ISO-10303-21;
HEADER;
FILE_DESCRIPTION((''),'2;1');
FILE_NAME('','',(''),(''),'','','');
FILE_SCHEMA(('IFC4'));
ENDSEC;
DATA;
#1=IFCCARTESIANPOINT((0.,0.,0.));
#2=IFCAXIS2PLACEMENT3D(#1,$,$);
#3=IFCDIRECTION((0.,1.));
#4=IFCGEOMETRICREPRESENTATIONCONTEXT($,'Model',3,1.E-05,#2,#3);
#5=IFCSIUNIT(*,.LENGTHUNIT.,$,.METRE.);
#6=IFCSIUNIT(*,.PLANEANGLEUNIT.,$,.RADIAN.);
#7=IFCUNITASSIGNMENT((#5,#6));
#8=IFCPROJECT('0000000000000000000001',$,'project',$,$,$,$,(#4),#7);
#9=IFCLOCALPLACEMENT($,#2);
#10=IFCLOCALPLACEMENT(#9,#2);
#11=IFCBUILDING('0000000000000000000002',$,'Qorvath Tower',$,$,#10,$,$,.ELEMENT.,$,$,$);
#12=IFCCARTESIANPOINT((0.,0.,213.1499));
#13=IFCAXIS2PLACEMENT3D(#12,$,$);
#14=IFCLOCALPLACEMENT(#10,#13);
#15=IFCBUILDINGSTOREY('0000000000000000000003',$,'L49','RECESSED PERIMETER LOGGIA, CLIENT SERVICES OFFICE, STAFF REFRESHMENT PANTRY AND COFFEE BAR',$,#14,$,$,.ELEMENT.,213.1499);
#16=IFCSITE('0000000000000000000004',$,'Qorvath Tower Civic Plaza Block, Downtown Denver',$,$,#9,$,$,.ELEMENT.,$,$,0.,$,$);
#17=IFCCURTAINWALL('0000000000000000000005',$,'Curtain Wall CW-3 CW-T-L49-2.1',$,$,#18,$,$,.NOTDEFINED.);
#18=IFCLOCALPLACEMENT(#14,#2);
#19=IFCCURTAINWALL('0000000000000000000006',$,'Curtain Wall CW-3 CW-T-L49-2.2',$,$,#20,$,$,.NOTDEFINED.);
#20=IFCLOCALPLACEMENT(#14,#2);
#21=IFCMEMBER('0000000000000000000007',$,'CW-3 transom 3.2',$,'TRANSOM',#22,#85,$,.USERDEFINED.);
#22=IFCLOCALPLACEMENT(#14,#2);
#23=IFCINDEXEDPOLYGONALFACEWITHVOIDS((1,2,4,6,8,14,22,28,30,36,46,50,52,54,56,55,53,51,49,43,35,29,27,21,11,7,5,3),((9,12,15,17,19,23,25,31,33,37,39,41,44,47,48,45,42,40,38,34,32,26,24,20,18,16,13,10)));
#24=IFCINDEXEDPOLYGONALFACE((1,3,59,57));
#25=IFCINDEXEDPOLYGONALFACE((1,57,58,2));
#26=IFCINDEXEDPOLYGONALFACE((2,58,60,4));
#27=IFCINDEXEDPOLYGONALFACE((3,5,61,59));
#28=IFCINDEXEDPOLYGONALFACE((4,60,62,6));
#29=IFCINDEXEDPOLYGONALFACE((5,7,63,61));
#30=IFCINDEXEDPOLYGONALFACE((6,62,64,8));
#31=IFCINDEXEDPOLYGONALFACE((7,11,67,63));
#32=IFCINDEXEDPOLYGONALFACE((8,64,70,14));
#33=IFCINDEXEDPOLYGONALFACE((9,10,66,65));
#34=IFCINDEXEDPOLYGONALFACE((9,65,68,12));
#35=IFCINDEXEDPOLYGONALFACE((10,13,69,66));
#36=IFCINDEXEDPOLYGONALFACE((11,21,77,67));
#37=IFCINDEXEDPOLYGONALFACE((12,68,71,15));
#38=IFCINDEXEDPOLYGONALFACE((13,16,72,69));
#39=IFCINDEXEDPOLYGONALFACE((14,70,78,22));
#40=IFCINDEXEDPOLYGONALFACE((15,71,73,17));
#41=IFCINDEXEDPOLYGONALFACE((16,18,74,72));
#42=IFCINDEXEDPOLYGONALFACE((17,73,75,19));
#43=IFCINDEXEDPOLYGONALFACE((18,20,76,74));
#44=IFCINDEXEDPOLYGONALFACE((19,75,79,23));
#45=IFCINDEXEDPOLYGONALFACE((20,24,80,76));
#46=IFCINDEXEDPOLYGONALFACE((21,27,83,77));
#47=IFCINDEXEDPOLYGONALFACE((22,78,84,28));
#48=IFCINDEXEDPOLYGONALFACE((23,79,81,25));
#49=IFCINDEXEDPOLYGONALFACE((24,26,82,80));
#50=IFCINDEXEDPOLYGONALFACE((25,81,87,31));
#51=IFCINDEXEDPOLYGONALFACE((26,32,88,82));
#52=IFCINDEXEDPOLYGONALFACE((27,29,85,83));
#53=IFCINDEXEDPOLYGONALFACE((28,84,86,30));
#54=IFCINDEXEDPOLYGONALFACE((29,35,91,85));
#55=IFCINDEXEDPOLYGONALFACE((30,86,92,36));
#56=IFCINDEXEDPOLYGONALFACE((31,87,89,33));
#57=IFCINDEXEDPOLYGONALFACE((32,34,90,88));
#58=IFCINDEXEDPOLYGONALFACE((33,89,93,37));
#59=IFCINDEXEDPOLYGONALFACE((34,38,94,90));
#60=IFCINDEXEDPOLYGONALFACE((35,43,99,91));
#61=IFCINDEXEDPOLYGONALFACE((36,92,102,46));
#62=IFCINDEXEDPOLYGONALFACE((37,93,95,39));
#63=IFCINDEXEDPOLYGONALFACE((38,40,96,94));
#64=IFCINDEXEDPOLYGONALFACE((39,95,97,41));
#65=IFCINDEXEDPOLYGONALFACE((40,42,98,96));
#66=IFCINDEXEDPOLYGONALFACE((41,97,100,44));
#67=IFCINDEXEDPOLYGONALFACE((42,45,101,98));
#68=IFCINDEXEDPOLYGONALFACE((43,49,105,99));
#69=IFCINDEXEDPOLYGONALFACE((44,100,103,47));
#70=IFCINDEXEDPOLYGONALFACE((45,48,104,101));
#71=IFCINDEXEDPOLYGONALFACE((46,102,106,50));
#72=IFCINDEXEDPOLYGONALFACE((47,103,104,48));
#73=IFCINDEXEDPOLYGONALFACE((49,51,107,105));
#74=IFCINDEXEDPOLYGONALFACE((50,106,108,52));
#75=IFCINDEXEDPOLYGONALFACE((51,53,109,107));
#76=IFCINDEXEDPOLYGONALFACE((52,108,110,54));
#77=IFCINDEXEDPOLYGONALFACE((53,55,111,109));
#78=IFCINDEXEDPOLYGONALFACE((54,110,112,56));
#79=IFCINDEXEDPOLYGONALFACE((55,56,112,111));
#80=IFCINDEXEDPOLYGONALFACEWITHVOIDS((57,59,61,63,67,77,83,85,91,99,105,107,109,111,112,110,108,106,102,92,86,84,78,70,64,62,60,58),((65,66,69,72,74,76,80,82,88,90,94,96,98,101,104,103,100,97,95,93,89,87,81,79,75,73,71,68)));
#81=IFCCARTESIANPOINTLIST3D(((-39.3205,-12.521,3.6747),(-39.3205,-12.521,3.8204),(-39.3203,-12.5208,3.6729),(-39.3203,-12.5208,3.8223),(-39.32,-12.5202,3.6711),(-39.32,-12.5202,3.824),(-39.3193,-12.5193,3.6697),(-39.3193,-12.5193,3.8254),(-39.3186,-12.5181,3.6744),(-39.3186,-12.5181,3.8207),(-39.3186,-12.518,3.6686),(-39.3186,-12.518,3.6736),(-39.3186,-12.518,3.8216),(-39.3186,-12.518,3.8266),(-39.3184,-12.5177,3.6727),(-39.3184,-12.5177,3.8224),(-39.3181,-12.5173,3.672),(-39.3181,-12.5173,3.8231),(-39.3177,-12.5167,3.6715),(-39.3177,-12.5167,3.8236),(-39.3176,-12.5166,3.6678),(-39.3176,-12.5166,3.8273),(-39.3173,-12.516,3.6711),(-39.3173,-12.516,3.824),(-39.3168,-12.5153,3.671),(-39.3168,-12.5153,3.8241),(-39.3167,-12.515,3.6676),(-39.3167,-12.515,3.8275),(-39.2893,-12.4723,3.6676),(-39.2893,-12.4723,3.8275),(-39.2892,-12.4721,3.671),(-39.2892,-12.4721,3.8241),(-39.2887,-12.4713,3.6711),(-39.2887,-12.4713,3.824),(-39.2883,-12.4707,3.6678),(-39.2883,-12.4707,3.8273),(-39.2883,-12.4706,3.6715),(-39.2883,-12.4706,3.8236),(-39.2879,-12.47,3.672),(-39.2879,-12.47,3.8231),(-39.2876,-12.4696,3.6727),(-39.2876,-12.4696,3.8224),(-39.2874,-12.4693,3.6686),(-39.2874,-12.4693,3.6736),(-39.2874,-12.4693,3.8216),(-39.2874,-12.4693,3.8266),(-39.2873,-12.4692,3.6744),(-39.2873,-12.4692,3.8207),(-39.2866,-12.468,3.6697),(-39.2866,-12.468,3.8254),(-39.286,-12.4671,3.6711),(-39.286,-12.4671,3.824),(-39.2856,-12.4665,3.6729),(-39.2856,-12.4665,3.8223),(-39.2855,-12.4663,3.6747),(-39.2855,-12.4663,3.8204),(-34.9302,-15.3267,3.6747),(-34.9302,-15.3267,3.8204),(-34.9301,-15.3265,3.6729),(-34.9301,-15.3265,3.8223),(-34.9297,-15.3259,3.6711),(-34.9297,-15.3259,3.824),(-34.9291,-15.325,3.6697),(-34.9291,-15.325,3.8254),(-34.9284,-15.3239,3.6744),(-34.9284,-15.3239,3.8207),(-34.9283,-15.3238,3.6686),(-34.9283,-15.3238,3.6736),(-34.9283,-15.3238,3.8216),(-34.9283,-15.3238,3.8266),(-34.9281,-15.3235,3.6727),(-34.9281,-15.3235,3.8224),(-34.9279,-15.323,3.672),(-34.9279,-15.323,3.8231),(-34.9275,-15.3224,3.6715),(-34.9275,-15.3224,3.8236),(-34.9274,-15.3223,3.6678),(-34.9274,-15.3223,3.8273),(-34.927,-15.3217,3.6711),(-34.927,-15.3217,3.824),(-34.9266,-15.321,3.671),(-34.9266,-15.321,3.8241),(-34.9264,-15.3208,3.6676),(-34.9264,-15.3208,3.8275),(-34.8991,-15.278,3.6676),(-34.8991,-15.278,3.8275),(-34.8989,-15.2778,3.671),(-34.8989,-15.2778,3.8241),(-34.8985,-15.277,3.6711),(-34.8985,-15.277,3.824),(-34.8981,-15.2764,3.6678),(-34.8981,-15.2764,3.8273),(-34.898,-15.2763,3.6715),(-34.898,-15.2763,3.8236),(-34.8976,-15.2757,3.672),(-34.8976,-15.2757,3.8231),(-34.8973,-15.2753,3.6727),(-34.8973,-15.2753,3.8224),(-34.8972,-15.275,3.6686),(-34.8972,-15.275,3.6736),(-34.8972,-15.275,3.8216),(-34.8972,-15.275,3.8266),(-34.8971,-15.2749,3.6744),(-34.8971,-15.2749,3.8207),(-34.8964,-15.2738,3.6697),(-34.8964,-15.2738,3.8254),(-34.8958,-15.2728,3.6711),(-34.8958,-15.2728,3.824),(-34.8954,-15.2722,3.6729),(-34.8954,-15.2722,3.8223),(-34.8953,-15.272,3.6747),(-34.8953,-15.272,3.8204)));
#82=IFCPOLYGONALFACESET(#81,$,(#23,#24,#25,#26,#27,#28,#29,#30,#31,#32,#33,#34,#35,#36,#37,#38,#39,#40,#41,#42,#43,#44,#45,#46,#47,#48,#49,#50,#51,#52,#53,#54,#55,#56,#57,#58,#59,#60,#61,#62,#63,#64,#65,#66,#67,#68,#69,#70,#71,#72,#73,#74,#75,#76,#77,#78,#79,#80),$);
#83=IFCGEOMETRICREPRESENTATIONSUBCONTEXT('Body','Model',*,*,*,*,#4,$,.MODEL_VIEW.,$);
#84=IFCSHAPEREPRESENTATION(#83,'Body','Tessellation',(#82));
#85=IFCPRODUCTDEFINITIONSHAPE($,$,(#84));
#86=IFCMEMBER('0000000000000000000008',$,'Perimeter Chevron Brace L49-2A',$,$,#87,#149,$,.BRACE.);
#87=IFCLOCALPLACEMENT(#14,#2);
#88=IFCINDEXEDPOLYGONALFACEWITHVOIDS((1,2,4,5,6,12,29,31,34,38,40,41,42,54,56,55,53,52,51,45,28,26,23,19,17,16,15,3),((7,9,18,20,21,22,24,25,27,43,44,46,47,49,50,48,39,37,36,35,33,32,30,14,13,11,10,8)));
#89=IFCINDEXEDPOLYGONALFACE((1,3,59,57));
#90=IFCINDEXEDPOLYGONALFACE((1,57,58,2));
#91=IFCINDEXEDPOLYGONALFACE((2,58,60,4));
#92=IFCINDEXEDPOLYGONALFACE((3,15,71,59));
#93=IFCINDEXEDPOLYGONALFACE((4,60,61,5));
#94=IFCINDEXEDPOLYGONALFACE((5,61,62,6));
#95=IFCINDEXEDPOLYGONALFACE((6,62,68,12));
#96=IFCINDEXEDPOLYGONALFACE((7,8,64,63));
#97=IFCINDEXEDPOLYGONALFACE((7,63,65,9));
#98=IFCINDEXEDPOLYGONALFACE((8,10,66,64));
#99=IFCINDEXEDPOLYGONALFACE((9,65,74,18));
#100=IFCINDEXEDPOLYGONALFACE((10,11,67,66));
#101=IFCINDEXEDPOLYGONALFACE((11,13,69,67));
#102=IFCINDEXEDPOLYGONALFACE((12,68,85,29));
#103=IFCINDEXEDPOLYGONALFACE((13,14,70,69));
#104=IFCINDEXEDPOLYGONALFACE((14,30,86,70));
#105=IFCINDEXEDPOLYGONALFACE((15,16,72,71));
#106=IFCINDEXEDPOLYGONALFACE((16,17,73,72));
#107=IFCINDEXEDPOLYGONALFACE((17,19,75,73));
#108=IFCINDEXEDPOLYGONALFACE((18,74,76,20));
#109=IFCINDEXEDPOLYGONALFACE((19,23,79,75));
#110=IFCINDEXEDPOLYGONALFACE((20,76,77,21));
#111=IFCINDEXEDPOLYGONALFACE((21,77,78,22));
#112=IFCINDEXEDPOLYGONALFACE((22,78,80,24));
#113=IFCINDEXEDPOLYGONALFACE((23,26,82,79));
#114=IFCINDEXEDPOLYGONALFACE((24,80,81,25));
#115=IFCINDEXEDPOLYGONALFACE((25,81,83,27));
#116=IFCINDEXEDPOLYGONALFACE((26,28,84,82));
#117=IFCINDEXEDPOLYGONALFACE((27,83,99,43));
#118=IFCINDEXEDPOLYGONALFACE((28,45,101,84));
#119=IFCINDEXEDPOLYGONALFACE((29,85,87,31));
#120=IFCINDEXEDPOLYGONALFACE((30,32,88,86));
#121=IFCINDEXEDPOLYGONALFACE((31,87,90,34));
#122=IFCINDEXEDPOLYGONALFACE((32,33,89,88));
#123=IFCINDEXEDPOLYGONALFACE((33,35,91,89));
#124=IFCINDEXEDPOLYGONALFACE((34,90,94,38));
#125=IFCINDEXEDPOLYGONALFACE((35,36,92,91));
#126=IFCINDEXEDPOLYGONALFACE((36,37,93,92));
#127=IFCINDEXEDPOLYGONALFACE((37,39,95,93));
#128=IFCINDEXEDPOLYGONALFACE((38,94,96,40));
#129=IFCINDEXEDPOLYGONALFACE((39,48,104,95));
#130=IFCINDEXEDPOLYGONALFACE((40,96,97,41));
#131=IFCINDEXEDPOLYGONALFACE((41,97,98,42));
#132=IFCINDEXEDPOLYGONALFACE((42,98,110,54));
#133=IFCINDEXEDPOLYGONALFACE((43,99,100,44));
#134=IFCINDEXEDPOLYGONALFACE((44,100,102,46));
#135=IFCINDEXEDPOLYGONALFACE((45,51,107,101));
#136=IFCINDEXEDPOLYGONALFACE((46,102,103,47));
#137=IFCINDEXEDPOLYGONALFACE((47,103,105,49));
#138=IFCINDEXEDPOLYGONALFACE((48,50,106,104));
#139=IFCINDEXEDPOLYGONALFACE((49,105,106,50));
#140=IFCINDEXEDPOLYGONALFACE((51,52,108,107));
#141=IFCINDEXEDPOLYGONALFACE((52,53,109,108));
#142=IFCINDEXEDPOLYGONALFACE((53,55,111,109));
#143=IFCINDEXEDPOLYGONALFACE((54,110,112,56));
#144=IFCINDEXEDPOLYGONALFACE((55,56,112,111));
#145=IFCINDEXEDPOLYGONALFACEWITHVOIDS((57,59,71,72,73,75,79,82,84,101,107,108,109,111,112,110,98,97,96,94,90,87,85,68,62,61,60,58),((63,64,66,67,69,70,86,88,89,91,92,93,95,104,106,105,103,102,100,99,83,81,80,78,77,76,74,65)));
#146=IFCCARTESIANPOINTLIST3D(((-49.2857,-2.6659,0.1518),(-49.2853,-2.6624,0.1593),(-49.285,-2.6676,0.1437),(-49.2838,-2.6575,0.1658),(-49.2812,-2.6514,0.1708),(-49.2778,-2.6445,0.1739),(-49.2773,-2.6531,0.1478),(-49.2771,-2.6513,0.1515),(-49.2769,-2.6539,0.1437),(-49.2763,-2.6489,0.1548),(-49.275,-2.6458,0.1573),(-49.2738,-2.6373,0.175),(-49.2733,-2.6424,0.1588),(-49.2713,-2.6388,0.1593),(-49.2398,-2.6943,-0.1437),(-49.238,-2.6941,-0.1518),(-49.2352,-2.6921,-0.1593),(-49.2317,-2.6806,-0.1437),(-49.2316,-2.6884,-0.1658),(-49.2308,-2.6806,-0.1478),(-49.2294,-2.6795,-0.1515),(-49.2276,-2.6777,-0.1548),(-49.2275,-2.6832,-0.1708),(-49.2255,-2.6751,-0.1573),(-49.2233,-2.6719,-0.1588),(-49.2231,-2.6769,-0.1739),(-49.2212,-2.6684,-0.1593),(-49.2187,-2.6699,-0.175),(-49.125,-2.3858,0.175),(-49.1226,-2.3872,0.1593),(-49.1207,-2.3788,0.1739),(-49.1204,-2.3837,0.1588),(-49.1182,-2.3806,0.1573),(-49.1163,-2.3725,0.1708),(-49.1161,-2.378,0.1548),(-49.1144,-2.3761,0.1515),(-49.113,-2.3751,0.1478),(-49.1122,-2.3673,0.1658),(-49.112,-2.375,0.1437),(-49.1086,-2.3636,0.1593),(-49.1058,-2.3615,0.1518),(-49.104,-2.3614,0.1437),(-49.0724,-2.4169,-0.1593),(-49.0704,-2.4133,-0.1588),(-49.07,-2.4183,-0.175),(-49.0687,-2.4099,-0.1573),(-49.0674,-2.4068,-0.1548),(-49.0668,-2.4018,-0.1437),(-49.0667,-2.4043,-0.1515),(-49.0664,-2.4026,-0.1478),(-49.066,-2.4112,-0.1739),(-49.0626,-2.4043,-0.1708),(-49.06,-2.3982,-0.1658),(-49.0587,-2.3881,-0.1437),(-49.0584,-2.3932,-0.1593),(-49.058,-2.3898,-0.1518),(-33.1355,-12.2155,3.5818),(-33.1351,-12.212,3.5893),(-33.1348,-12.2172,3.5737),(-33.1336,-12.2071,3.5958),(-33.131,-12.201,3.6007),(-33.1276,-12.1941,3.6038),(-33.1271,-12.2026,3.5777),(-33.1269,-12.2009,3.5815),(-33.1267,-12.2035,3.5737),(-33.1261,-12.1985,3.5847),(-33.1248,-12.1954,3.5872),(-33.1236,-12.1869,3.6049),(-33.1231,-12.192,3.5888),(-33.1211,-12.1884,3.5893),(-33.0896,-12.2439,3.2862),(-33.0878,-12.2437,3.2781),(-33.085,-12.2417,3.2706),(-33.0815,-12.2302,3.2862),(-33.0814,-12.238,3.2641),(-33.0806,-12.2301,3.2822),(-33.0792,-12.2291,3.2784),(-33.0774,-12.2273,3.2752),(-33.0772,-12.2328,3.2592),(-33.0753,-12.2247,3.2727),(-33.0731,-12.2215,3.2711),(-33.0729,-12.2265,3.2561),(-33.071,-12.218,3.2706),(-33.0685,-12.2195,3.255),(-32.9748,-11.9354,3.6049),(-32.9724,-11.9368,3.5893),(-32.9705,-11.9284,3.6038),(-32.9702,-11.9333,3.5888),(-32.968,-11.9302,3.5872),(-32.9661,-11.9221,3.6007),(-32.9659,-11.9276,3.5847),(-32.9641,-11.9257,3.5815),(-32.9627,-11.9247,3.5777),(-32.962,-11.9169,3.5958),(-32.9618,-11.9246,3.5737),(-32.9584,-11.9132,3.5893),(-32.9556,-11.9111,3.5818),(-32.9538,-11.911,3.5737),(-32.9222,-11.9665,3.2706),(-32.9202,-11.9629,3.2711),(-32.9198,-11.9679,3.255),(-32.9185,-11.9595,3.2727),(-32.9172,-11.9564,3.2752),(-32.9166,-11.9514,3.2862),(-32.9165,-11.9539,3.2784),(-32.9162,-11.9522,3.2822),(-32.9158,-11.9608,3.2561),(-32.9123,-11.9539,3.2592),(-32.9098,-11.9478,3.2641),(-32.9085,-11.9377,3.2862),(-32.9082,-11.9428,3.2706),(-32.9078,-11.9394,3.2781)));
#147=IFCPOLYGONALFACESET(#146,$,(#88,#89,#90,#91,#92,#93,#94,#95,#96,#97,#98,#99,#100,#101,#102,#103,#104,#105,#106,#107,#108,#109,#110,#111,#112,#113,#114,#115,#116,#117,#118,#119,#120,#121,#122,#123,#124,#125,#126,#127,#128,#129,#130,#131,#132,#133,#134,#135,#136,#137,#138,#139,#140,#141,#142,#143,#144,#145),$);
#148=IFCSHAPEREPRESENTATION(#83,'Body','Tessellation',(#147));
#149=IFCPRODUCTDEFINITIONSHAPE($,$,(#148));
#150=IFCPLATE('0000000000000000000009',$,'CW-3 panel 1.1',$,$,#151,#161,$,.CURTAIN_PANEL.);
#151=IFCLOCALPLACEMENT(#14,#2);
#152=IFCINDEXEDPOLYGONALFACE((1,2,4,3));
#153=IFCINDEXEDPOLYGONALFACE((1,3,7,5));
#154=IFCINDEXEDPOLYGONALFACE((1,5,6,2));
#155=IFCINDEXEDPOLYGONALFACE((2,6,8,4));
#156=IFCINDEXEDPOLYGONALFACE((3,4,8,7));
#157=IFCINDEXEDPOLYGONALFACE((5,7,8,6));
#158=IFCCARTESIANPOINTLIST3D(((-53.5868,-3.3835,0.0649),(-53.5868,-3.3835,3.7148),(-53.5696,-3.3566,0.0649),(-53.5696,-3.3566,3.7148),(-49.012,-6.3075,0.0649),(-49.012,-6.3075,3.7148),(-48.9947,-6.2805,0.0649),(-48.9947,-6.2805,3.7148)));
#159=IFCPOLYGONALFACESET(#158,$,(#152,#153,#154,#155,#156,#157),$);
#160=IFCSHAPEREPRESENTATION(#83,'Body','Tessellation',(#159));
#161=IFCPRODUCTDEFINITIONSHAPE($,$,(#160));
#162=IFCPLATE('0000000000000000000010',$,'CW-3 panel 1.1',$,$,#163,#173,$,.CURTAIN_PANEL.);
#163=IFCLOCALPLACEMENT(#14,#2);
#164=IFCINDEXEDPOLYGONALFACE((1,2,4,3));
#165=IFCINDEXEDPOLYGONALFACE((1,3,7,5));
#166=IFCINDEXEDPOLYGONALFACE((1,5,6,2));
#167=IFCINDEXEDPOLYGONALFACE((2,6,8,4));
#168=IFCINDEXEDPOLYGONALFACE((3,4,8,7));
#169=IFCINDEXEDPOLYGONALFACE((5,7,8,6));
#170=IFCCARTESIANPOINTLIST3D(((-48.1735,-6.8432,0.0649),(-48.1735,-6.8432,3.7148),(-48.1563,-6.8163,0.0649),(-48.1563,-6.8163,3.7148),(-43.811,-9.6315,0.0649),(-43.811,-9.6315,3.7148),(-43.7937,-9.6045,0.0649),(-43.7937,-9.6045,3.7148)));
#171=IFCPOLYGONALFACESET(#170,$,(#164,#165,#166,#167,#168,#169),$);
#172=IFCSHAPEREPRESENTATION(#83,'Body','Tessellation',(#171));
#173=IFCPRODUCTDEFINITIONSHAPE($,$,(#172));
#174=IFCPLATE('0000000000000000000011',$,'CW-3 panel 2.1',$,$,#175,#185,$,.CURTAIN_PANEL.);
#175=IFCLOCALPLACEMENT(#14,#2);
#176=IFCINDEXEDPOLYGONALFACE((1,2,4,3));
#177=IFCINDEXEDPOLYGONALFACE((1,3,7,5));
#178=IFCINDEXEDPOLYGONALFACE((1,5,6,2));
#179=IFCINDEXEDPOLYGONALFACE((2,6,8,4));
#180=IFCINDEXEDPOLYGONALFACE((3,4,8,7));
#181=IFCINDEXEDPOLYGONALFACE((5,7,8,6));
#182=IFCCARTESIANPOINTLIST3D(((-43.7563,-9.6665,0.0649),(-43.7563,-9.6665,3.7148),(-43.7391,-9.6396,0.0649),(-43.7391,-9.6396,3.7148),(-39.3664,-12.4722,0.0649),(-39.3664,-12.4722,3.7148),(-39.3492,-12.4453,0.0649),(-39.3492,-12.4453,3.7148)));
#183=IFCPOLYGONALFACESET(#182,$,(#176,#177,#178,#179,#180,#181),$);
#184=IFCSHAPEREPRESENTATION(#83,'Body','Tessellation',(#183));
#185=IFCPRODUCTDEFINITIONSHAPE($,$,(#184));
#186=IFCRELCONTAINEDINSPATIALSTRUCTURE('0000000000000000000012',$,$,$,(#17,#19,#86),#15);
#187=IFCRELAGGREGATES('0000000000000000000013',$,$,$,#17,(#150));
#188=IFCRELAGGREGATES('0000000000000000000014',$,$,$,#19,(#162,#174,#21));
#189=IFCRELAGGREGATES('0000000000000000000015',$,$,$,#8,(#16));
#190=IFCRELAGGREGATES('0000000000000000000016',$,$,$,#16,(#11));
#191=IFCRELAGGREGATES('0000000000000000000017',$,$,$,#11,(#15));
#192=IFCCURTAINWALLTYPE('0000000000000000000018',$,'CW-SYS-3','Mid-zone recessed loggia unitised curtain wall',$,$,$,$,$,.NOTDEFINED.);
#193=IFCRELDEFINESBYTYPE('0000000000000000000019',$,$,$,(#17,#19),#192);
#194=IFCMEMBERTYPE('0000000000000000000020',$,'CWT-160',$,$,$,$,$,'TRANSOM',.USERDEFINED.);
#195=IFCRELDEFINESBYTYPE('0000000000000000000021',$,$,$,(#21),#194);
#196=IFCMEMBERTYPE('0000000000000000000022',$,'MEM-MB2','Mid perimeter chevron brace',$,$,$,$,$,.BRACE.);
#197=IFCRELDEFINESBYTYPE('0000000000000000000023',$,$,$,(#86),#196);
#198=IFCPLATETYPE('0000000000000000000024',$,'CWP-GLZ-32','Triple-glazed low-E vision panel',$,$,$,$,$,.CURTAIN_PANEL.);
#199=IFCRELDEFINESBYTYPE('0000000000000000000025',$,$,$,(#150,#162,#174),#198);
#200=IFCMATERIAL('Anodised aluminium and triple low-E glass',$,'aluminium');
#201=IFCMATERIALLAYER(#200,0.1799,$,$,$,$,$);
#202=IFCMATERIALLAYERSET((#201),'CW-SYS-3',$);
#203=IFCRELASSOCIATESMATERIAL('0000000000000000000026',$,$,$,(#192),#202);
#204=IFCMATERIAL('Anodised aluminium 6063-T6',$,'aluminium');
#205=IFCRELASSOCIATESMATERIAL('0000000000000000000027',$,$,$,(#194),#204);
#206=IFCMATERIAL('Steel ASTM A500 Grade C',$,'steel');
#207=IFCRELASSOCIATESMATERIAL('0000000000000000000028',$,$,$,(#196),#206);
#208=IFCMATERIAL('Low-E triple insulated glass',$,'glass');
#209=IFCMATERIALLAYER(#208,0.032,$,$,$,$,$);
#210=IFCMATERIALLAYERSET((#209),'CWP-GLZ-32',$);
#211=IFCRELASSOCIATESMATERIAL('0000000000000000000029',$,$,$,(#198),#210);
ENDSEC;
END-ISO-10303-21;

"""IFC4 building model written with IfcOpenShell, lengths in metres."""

from ifc_helpers import new_model, si_unit, direction, frame, origin, origin_2d, place, context, subcontext, project, spatial, rectangle, hollow_rectangle, extrude, material, layer, layer_set, material_profile, profile_set, type_object, element, aggregate, save


model = new_model("IFC4")

# Units and contexts
model_context = context("Model", 3, precision=1e-05, world=origin(), true_north=direction((0.0, 1.0)))
body_context = subcontext(model_context, "Body", "Model", "MODEL_VIEW")
ifc_project = project(units=[si_unit("LENGTHUNIT", "METRE"), si_unit("PLANEANGLEUNIT", "RADIAN")], contexts=[model_context])

# Site, building, storey
site_placement = place(None, origin())
site = spatial("IfcSite", under=ifc_project, at=site_placement, Name="Qorvath Tower Civic Plaza Block, Downtown Denver", CompositionType="ELEMENT", RefElevation=0.0)
building_placement = place(site_placement, origin())
building = spatial("IfcBuilding", under=site, at=building_placement, Name="Qorvath Tower", CompositionType="ELEMENT")
storey_placement = place(building_placement, frame((0.0, 0.0, 213.1499)))
storey = spatial("IfcBuildingStorey", under=building, at=storey_placement, Name="L49", Description="RECESSED PERIMETER LOGGIA, CLIENT SERVICES OFFICE, STAFF REFRESHMENT PANTRY AND COFFEE BAR", CompositionType="ELEMENT", Elevation=213.1499)

# Curtain walls
ifc_material_1 = material(Name="Anodised aluminium and triple low-E glass", Category="aluminium")
ifc_layer_1 = layer(ifc_material_1, 0.1799)
ifc_layer_set_1 = layer_set([ifc_layer_1], Name="CW-SYS-3")
curtain_wall_type = type_object("IfcCurtainWallType", Name="CW-SYS-3", Description="Mid-zone recessed loggia unitised curtain wall", PredefinedType="NOTDEFINED", material=ifc_layer_set_1)
curtain_wall_1_placement = place(storey_placement, origin())
curtain_wall_1 = element("IfcCurtainWall", 1, at=curtain_wall_1_placement, inside=storey, type_object=curtain_wall_type, Name="Curtain Wall CW-3 CW-T-L49-2.1", PredefinedType="NOTDEFINED")
curtain_wall_2_placement = place(storey_placement, origin())
curtain_wall_2 = element("IfcCurtainWall", 2, at=curtain_wall_2_placement, inside=storey, type_object=curtain_wall_type, Name="Curtain Wall CW-3 CW-T-L49-2.2", PredefinedType="NOTDEFINED")

# Members
ifc_material_2 = material(Name="Anodised aluminium 6063-T6", Category="aluminium")
ifc_material_profile_1 = material_profile(ifc_material_2, hollow_rectangle(XDim=0.0649, YDim=0.1599, WallThickness=0.0034, InnerFilletRadius=0.0034, OuterFilletRadius=0.0071, at=origin_2d()), Name="CWT 160x65")
ifc_profile_set_1 = profile_set([ifc_material_profile_1], Name="Anodised aluminium 6063-T6")
member_type_1 = type_object("IfcMemberType", Name="CWT-160", ElementType="TRANSOM", PredefinedType="USERDEFINED", material=ifc_profile_set_1)
member_1_placement = place(storey_placement, frame((-39.303, -12.4937, 3.7476), z_axis=(0.842622, -0.538506, 0.0), x_axis=(0.538506, 0.842622, 0.0)))
member_1 = element("IfcMember", 3, at=member_1_placement, type_object=member_type_1, Name="CW-3 transom 3.2", ObjectType="TRANSOM", PredefinedType="USERDEFINED", context=body_context, shape_type="SweptSolid", body=[
    extrude(hollow_rectangle(XDim=0.0649, YDim=0.1599, WallThickness=0.0034, InnerFilletRadius=0.0034, OuterFilletRadius=0.0071, at=origin_2d()), origin(), (0.0, 0.0, 1.0), 5.2102),
])
ifc_material_3 = material(Name="Steel ASTM A500 Grade C", Category="steel")
ifc_material_profile_2 = material_profile(ifc_material_3, hollow_rectangle(XDim=0.3557, YDim=0.3557, WallThickness=0.0159, InnerFilletRadius=0.0159, OuterFilletRadius=0.0317, at=origin_2d()), Name="HSS 356x356x16")
ifc_profile_set_2 = profile_set([ifc_material_profile_2], Name="Steel ASTM A500 Grade C")
member_type_2 = type_object("IfcMemberType", Name="MEM-MB2", Description="Mid perimeter chevron brace", PredefinedType="BRACE", material=ifc_profile_set_2)
member_2_placement = place(storey_placement, frame((-49.1719, -2.5278, 0.0), z_axis=(0.846747, -0.50068, 0.17983), x_axis=(0.508978, 0.86078, 0.0)))
element("IfcMember", 4, at=member_2_placement, inside=storey, type_object=member_type_2, Name="Perimeter Chevron Brace L49-2A", PredefinedType="BRACE", context=body_context, shape_type="SweptSolid", body=[
    extrude(hollow_rectangle(XDim=0.3557, YDim=0.3557, WallThickness=0.0159, InnerFilletRadius=0.0159, OuterFilletRadius=0.0317, at=origin_2d()), origin(), (0.0, 0.0, 1.0), 19.0732),
])

# Plates
ifc_material_4 = material(Name="Low-E triple insulated glass", Category="glass")
ifc_layer_2 = layer(ifc_material_4, 0.032)
ifc_layer_set_2 = layer_set([ifc_layer_2], Name="CWP-GLZ-32")
plate_type_1 = type_object("IfcPlateType", Name="CWP-GLZ-32", Description="Triple-glazed low-E vision panel", PredefinedType="CURTAIN_PANEL", material=ifc_layer_set_2)
plate_1_placement = place(storey_placement, frame((-51.2908, -4.832, 0.0649), z_axis=(0.0, 0.0, 1.0), x_axis=(0.842602, -0.538537, 0.0)))
plate_1 = element("IfcPlate", 5, at=plate_1_placement, type_object=plate_type_1, Name="CW-3 panel 1.1", PredefinedType="CURTAIN_PANEL", context=body_context, shape_type="SweptSolid", body=[
    extrude(rectangle(XDim=5.4294, YDim=0.032, at=origin_2d()), origin(), (0.0, 0.0, 1.0), 3.6499),
])
aggregate(curtain_wall_1, [plate_1])
plate_2_placement = place(storey_placement, frame((-45.9836, -8.2239, 0.0649), z_axis=(0.0, 0.0, 1.0), x_axis=(0.842605, -0.538533, 0.0)))
plate_2 = element("IfcPlate", 6, at=plate_2_placement, type_object=plate_type_1, Name="CW-3 panel 1.1", PredefinedType="CURTAIN_PANEL", context=body_context, shape_type="SweptSolid", body=[
    extrude(rectangle(XDim=5.1775, YDim=0.032, at=origin_2d()), origin(), (0.0, 0.0, 1.0), 3.6499),
])
plate_3_placement = place(storey_placement, frame((-41.5527, -11.0559, 0.0649), z_axis=(0.0, 0.0, 1.0), x_axis=(0.842605, -0.538533, 0.0)))
plate_3 = element("IfcPlate", 7, at=plate_3_placement, type_object=plate_type_1, Name="CW-3 panel 2.1", PredefinedType="CURTAIN_PANEL", context=body_context, shape_type="SweptSolid", body=[
    extrude(rectangle(XDim=5.21, YDim=0.032, at=origin_2d()), origin(), (0.0, 0.0, 1.0), 3.6499),
])
aggregate(curtain_wall_2, [plate_2, plate_3, member_1])

save(model, "model.ifc")
